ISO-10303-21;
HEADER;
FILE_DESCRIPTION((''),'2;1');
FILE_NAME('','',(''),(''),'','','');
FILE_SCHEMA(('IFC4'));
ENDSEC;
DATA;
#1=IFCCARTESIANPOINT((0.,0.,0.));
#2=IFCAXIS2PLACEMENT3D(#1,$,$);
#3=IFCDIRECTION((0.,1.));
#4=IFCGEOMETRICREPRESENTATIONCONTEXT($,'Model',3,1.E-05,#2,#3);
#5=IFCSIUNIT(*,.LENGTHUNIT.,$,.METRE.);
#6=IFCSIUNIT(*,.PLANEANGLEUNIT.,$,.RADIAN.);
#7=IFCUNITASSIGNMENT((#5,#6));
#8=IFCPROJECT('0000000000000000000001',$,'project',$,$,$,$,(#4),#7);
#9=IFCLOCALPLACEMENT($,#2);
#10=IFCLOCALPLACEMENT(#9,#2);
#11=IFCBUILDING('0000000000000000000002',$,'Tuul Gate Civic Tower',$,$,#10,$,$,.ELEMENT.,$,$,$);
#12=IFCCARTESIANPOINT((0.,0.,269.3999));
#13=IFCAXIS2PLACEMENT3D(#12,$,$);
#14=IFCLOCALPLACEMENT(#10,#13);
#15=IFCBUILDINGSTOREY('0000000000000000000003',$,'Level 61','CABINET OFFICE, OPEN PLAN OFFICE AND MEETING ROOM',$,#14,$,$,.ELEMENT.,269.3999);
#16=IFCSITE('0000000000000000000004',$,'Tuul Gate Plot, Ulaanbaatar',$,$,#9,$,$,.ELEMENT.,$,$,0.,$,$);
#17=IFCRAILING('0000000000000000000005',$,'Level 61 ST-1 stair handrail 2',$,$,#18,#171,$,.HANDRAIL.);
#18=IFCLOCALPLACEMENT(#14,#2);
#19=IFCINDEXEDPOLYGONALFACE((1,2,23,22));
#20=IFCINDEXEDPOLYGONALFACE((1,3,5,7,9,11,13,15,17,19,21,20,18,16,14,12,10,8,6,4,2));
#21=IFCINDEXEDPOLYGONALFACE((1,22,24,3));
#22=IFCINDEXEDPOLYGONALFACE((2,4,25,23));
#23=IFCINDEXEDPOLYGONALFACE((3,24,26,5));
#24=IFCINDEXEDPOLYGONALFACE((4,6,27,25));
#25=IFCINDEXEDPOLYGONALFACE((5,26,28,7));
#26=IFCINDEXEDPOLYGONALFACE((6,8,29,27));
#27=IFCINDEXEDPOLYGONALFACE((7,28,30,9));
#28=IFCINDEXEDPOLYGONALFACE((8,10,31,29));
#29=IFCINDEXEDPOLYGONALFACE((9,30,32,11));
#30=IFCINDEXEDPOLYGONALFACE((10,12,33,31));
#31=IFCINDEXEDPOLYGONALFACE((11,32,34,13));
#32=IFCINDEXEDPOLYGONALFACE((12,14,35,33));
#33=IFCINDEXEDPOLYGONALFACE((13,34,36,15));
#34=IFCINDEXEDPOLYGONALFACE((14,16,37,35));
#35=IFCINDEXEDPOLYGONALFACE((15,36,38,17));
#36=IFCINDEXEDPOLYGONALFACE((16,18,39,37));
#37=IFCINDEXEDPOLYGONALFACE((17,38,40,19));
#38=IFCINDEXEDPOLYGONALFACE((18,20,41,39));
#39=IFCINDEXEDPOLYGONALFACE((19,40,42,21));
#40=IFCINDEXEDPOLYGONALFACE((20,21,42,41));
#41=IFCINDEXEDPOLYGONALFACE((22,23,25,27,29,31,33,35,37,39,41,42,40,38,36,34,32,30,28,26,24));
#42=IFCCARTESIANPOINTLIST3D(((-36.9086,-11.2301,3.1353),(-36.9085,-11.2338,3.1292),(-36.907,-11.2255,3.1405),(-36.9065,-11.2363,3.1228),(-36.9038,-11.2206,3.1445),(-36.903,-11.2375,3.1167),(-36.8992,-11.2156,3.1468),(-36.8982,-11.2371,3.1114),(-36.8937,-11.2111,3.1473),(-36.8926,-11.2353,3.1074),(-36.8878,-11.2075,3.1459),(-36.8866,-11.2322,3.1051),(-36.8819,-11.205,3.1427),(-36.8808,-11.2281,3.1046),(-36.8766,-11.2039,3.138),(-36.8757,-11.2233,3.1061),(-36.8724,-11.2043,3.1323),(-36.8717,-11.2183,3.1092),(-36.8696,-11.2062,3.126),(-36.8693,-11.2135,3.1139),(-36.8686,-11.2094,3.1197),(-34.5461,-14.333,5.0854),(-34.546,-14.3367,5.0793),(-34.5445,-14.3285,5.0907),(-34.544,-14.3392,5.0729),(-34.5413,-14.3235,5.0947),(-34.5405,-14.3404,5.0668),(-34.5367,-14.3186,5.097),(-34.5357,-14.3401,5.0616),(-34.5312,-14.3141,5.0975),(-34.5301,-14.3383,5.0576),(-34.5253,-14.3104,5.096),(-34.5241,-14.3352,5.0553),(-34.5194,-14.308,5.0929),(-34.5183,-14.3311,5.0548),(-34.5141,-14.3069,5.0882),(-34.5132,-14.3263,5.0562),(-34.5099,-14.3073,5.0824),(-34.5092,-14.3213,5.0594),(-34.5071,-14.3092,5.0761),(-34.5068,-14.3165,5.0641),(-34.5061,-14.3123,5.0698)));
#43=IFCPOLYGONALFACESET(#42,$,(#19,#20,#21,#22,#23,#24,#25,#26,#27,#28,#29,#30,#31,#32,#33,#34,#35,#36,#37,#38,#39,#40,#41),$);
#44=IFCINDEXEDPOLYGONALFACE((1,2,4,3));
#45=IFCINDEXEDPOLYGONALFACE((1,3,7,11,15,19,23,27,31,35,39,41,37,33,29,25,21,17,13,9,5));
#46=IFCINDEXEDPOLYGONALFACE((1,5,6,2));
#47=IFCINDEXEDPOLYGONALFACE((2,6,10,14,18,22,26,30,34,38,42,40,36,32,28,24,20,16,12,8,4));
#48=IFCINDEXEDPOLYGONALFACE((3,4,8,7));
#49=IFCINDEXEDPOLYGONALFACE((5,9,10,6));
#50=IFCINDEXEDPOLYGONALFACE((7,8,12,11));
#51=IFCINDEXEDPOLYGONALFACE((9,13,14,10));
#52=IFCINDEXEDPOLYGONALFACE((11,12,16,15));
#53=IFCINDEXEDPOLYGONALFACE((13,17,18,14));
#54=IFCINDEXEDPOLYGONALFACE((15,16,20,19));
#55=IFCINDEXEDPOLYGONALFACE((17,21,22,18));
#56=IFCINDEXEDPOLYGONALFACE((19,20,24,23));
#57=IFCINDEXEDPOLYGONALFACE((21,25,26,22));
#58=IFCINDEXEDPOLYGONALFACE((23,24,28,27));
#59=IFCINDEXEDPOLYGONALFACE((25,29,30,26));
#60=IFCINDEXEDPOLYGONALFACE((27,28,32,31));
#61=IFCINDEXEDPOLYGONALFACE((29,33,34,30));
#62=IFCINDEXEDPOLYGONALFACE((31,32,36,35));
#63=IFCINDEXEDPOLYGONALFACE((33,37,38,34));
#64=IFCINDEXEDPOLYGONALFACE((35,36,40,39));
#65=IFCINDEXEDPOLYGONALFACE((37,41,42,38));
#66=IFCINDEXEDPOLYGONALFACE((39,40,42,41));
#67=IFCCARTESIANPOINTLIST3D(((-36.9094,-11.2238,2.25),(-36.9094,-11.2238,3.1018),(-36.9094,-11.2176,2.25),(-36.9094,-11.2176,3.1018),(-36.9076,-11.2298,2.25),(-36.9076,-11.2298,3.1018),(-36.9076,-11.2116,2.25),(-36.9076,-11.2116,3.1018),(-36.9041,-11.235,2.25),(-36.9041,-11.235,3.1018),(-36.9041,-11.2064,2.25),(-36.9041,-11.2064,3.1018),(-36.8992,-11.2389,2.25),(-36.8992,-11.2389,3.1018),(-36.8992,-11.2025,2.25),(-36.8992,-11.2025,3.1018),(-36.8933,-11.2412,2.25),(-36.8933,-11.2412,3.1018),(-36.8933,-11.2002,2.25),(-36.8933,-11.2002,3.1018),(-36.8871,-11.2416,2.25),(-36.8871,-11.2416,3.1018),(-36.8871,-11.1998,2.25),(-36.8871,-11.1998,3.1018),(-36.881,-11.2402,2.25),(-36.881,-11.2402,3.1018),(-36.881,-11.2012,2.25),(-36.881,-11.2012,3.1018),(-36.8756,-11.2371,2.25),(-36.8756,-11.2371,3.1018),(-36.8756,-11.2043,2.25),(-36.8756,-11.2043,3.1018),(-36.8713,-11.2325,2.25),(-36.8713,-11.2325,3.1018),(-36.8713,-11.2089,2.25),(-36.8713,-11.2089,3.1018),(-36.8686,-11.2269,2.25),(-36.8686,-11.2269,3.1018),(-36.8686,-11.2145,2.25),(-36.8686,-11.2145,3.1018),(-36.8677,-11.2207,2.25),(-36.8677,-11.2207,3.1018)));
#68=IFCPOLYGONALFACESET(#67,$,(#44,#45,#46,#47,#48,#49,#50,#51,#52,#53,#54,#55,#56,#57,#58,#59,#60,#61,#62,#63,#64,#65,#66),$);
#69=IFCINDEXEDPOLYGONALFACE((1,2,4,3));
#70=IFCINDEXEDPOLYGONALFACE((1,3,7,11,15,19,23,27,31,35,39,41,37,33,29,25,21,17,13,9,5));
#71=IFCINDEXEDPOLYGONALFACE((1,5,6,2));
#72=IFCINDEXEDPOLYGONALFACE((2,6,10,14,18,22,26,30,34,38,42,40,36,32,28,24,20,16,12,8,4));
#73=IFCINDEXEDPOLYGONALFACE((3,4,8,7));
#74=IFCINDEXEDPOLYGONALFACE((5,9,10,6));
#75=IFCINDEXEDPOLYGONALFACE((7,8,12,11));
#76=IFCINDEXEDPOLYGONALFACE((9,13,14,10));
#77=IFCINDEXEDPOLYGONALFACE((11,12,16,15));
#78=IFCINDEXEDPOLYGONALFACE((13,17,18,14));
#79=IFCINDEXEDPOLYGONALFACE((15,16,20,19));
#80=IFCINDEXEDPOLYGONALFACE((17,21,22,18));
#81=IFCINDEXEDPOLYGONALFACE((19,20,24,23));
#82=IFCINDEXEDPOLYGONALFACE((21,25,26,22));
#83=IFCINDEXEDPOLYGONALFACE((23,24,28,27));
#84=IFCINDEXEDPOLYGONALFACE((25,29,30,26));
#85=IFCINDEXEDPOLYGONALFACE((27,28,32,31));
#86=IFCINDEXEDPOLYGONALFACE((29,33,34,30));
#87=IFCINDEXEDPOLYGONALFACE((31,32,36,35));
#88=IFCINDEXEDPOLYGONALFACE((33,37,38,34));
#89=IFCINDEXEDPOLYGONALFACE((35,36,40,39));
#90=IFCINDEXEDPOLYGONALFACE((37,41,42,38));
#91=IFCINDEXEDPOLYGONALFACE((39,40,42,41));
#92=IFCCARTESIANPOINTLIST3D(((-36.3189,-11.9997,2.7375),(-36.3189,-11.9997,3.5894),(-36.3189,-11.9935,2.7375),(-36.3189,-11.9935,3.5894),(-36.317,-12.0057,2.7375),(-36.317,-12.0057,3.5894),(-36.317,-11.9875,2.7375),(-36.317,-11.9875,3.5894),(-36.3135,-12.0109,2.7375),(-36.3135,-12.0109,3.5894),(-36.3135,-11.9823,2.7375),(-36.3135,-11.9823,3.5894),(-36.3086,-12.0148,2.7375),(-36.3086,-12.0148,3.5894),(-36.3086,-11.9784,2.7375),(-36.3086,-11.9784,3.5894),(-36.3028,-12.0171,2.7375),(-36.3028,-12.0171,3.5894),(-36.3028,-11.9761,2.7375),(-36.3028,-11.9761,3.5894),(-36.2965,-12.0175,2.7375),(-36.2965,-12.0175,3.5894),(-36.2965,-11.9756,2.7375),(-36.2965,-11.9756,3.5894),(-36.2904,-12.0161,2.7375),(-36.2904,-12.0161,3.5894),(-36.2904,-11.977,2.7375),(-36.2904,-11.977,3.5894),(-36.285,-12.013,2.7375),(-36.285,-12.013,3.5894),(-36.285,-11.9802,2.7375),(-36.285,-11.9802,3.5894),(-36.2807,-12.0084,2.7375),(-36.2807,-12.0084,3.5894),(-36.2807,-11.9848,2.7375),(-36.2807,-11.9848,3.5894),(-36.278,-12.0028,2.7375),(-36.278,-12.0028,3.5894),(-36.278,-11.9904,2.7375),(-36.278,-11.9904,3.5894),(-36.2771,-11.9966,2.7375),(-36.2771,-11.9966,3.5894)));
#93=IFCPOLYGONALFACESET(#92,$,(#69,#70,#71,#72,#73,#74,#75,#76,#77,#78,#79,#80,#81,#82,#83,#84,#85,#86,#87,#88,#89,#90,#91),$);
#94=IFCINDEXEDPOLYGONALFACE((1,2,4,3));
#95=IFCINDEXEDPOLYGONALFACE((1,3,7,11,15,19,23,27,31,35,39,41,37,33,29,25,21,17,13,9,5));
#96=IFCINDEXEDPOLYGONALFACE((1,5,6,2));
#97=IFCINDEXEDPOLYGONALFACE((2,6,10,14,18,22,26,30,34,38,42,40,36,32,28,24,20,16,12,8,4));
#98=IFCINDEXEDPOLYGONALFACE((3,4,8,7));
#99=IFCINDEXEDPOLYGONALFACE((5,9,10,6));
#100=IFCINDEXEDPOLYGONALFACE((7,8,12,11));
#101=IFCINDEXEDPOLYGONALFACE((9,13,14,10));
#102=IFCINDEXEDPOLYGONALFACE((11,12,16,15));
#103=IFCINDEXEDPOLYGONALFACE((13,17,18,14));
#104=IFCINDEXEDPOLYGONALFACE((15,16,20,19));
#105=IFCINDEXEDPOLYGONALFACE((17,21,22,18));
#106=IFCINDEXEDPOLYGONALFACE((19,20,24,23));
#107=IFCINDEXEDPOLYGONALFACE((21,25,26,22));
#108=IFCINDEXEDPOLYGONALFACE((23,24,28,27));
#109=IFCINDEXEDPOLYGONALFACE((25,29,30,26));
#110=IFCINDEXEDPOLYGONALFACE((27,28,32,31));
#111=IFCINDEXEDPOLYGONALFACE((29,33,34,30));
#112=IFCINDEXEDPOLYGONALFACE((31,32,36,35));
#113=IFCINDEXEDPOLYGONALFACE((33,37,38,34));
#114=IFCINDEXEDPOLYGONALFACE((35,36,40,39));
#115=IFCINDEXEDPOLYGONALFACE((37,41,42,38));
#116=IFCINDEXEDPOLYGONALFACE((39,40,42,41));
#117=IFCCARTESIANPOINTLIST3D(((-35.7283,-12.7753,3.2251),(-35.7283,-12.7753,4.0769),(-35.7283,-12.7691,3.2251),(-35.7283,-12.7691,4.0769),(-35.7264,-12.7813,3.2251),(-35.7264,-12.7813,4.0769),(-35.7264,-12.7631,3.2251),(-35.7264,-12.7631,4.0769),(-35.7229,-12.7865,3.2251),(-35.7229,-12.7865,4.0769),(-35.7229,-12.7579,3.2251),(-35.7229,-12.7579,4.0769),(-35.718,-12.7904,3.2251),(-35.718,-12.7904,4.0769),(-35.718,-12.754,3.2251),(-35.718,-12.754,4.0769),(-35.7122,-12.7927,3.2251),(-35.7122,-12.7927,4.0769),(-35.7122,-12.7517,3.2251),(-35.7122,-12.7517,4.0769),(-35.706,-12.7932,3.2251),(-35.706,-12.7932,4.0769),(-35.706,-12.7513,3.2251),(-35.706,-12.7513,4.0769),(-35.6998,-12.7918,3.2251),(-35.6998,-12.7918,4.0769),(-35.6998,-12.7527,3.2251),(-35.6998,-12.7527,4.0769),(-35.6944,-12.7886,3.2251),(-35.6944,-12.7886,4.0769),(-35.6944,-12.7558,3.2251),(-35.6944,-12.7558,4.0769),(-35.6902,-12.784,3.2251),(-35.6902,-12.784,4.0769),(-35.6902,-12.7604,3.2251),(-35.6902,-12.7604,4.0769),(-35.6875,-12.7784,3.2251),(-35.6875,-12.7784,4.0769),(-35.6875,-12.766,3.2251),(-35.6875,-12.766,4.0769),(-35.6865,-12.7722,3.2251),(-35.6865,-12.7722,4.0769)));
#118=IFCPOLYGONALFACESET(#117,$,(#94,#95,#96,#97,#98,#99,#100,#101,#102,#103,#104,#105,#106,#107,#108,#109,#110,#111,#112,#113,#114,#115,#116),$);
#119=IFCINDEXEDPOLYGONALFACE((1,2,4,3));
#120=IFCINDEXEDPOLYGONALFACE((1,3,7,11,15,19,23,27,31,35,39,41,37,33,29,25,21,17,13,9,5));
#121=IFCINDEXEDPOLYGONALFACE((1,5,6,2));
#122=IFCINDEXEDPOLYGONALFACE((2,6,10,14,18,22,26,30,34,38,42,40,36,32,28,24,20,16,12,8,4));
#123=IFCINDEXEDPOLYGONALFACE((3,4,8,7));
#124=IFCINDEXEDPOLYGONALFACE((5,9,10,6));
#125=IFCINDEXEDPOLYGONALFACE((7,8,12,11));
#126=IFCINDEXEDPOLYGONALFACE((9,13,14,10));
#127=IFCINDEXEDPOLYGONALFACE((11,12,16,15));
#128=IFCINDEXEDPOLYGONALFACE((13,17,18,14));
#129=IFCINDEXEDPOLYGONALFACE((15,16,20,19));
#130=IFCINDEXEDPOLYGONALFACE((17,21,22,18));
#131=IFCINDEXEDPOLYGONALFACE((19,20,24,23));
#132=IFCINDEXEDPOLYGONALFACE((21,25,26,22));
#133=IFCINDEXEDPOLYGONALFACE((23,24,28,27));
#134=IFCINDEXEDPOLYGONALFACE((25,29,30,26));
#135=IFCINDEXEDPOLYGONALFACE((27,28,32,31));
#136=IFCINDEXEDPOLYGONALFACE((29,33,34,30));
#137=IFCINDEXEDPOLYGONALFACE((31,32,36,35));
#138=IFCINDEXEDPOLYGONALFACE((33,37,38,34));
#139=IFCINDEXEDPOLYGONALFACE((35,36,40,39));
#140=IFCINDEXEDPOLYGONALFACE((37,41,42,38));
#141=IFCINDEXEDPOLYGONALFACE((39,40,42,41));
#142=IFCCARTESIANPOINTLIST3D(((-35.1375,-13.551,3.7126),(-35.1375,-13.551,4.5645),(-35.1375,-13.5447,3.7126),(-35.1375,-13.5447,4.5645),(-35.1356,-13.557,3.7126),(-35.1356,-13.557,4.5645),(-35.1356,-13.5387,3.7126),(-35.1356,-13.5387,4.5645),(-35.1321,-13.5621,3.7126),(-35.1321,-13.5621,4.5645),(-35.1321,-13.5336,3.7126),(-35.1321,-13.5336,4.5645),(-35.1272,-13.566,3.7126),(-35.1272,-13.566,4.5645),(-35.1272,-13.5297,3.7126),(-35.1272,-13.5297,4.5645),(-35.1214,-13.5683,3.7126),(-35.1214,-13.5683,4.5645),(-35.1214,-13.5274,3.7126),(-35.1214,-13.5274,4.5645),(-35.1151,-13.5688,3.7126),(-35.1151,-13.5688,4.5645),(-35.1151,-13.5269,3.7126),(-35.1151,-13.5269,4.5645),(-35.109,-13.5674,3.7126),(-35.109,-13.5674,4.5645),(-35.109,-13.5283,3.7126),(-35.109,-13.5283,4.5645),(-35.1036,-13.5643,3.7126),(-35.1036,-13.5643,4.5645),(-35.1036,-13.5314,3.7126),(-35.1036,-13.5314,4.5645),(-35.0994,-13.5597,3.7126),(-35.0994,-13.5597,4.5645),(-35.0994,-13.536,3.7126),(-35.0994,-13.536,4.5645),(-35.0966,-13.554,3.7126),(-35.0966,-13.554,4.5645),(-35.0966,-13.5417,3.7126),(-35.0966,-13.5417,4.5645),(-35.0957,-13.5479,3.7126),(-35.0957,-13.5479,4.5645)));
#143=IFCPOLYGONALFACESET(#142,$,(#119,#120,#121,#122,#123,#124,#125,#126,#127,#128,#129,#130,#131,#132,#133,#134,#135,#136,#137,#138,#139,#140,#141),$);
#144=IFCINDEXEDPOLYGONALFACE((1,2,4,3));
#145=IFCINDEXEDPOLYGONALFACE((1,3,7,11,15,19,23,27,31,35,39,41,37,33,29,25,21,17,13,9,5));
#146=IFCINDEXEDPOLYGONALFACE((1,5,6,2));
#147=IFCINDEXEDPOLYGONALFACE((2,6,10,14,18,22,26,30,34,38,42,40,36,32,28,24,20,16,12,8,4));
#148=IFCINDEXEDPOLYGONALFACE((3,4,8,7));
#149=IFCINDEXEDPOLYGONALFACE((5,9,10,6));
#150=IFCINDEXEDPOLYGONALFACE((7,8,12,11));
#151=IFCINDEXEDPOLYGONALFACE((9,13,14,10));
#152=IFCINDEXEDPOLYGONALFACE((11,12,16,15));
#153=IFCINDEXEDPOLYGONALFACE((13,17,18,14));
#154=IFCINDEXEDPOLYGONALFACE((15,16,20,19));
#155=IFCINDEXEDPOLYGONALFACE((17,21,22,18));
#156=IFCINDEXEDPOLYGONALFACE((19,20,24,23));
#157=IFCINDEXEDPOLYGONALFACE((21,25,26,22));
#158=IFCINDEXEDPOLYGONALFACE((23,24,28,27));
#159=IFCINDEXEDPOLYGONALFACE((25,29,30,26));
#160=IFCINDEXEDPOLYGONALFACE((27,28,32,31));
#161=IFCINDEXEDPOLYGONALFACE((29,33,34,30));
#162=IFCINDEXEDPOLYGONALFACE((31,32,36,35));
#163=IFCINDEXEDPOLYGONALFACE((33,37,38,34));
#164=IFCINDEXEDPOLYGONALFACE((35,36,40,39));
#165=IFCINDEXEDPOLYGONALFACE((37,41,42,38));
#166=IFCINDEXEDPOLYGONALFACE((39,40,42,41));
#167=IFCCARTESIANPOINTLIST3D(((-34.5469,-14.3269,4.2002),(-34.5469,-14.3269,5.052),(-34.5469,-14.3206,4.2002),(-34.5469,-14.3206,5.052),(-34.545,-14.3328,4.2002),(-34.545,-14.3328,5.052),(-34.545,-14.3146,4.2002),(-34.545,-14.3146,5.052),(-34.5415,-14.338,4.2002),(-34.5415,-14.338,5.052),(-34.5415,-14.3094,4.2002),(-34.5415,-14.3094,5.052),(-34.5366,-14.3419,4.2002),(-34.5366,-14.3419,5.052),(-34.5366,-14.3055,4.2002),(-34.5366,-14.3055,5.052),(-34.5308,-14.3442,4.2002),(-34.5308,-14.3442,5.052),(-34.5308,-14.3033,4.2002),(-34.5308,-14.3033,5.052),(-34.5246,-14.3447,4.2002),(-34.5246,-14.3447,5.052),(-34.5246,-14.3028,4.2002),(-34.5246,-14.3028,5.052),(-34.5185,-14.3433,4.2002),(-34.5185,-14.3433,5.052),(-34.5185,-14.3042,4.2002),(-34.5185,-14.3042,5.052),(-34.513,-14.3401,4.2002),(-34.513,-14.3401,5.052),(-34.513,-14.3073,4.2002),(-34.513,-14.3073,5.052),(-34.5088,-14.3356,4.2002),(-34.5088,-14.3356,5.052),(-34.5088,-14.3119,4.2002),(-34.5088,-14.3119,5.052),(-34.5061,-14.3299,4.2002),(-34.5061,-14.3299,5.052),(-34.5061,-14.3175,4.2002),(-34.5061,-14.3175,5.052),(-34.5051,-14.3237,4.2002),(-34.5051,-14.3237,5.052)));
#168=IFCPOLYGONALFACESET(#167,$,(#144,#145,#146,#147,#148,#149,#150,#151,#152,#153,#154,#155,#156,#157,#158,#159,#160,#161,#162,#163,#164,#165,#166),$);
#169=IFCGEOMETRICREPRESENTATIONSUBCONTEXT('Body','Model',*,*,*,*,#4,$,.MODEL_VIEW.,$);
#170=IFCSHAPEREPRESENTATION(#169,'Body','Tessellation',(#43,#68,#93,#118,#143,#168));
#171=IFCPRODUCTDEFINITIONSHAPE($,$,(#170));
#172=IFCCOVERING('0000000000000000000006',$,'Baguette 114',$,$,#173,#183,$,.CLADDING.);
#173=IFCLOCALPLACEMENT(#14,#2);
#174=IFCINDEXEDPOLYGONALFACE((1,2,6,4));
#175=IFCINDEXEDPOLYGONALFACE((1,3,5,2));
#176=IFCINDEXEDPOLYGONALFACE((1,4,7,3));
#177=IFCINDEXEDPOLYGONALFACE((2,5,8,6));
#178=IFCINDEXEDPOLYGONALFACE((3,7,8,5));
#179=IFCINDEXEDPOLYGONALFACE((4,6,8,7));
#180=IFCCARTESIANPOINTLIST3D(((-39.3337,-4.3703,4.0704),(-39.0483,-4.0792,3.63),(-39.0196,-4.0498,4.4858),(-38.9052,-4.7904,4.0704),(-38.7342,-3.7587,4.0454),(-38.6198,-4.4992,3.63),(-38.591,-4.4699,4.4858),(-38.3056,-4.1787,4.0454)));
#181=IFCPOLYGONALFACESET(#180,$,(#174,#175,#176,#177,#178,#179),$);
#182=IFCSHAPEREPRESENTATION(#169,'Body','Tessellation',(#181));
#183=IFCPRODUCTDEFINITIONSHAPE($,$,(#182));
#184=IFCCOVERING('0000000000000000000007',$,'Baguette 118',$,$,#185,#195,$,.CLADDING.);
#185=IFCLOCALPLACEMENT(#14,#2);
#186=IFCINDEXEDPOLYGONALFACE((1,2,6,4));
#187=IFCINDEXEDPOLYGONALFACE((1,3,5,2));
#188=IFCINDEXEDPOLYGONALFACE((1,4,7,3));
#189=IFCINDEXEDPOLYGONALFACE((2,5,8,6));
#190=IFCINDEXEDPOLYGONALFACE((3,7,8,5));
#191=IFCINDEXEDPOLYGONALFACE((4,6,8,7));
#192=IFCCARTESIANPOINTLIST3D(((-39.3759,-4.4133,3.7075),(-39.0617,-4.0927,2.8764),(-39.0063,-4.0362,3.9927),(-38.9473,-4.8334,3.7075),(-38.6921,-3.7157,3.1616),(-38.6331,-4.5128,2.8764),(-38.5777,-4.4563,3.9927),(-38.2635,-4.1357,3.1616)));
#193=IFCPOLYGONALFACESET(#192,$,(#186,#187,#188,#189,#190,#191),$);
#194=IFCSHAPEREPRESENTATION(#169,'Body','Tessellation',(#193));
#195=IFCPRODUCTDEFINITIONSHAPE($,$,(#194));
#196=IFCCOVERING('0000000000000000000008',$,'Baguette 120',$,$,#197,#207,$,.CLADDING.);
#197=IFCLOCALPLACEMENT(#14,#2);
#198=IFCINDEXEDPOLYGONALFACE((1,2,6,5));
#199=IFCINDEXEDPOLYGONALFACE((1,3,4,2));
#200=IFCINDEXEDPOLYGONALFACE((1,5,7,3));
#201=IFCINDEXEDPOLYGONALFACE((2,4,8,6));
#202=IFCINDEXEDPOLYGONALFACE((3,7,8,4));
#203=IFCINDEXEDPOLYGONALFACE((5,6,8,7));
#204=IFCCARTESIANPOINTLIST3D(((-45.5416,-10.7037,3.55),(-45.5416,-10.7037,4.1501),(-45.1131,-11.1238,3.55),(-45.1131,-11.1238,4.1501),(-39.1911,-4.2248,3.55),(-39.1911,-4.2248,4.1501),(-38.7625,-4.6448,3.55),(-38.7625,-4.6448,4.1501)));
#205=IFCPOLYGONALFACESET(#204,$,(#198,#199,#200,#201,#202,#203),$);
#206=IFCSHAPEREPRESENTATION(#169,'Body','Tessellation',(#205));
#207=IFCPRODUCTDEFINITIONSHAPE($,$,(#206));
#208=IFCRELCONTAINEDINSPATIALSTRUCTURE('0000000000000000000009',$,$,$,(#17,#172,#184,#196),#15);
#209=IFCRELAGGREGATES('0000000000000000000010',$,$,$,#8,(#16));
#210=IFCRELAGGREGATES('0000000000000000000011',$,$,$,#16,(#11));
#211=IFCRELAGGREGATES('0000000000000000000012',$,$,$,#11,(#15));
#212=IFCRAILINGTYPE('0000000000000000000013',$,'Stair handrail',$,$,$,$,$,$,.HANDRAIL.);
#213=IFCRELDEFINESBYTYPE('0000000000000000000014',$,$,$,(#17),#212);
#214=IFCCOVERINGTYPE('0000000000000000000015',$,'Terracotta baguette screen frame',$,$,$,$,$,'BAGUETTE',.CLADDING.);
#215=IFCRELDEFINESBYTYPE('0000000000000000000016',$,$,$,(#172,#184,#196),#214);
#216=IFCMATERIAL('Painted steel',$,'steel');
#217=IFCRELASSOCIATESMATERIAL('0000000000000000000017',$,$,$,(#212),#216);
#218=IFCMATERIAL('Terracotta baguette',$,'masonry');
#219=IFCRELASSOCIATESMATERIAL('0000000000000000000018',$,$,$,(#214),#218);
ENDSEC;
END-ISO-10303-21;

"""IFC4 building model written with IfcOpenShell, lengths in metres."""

from ifc_helpers import new_model, si_unit, direction, frame, origin, origin_2d, place, context, subcontext, project, spatial, rectangle, circle, extrude, material, material_profile, profile_set, type_object, element, save


model = new_model("IFC4")

# Units and contexts
model_context = context("Model", 3, precision=1e-05, world=origin(), true_north=direction((0.0, 1.0)))
body_context = subcontext(model_context, "Body", "Model", "MODEL_VIEW")
ifc_project = project(units=[si_unit("LENGTHUNIT", "METRE"), si_unit("PLANEANGLEUNIT", "RADIAN")], contexts=[model_context])

# Site, building, storey
site_placement = place(None, origin())
site = spatial("IfcSite", under=ifc_project, at=site_placement, Name="Tuul Gate Plot, Ulaanbaatar", CompositionType="ELEMENT", RefElevation=0.0)
building_placement = place(site_placement, origin())
building = spatial("IfcBuilding", under=site, at=building_placement, Name="Tuul Gate Civic Tower", CompositionType="ELEMENT")
storey_placement = place(building_placement, frame((0.0, 0.0, 269.3999)))
storey = spatial("IfcBuildingStorey", under=building, at=storey_placement, Name="Level 61", Description="CABINET OFFICE, OPEN PLAN OFFICE AND MEETING ROOM", CompositionType="ELEMENT", Elevation=269.3999)

# Railing
ifc_material_1 = material(Name="Painted steel", Category="steel")
railing_type = type_object("IfcRailingType", Name="Stair handrail", PredefinedType="HANDRAIL", material=ifc_material_1)
railing_placement = place(storey_placement, frame((-36.8887, -11.2207, 2.25)))
element("IfcRailing", 1, at=railing_placement, inside=storey, type_object=railing_type, Name="Level 61 ST-1 stair handrail 2", PredefinedType="HANDRAIL", context=body_context, shape_type="SweptSolid", body=[
    extrude(circle(Radius=0.0239, at=origin_2d()), frame((0.0, 0.0, 0.876), z_axis=(0.541811, -0.711627, 0.447245), x_axis=(0.795637, 0.605773, 0.0)), (0.0, 0.0, 1.0), 4.3604),
    extrude(circle(Radius=0.021, at=origin_2d()), origin(), (0.0, 0.0, 1.0), 0.8518),
    extrude(circle(Radius=0.021, at=origin_2d()), frame((0.5906, -0.7759, 0.4875)), (0.0, 0.0, 1.0), 0.8518),
    extrude(circle(Radius=0.021, at=origin_2d()), frame((1.1812, -1.5515, 0.9751)), (0.0, 0.0, 1.0), 0.8518),
    extrude(circle(Radius=0.021, at=origin_2d()), frame((1.772, -2.3271, 1.4626)), (0.0, 0.0, 1.0), 0.8518),
    extrude(circle(Radius=0.021, at=origin_2d()), frame((2.3625, -3.103, 1.9502)), (0.0, 0.0, 1.0), 0.8518),
])

# Coverings
ifc_material_2 = material(Name="Terracotta baguette", Category="masonry")
ifc_material_profile_1 = material_profile(ifc_material_2, rectangle(XDim=0.6001, YDim=0.6001, at=origin_2d()), Name="Terracotta baguette screen frame")
ifc_profile_set_1 = profile_set([ifc_material_profile_1], Name="Terracotta baguette")
covering_type = type_object("IfcCoveringType", Name="Terracotta baguette screen frame", ElementType="BAGUETTE", PredefinedType="CLADDING", material=ifc_profile_set_1)
covering_1_placement = place(storey_placement, frame((-38.6626, -4.1143, 4.2656), z_axis=(-0.513686, -0.524063, -0.679327), x_axis=(0.714142, -0.700001, 0.0)))
element("IfcCovering", 2, at=covering_1_placement, inside=storey, type_object=covering_type, Name="Baguette 114", PredefinedType="CLADDING", context=body_context, shape_type="SweptSolid", body=[
    extrude(rectangle(XDim=0.6001, YDim=0.6001, at=origin_2d()), origin(), (0.0, 0.0, 1.0), 0.6116),
])
covering_2_placement = place(storey_placement, frame((-38.9768, -4.4348, 3.8501), z_axis=(0.332662, 0.339382, -0.879861), x_axis=(-0.714142, 0.700001, 0.0)))
element("IfcCovering", 3, at=covering_2_placement, inside=storey, type_object=covering_type, Name="Baguette 118", PredefinedType="CLADDING", context=body_context, shape_type="SweptSolid", body=[
    extrude(rectangle(XDim=0.6001, YDim=0.6001, at=origin_2d()), origin(), (0.0, 0.0, 1.0), 0.9446),
])
covering_3_placement = place(storey_placement, frame((-38.9768, -4.4348, 3.8501), z_axis=(-0.699994, -0.714149, 0.0), x_axis=(0.714149, -0.699994, 0.0)))
element("IfcCovering", 4, at=covering_3_placement, inside=storey, type_object=covering_type, Name="Baguette 120", PredefinedType="CLADDING", context=body_context, shape_type="SweptSolid", body=[
    extrude(rectangle(XDim=0.6001, YDim=0.6001, at=origin_2d()), origin(), (0.0, 0.0, 1.0), 9.0723),
])

save(model, "model.ifc")
